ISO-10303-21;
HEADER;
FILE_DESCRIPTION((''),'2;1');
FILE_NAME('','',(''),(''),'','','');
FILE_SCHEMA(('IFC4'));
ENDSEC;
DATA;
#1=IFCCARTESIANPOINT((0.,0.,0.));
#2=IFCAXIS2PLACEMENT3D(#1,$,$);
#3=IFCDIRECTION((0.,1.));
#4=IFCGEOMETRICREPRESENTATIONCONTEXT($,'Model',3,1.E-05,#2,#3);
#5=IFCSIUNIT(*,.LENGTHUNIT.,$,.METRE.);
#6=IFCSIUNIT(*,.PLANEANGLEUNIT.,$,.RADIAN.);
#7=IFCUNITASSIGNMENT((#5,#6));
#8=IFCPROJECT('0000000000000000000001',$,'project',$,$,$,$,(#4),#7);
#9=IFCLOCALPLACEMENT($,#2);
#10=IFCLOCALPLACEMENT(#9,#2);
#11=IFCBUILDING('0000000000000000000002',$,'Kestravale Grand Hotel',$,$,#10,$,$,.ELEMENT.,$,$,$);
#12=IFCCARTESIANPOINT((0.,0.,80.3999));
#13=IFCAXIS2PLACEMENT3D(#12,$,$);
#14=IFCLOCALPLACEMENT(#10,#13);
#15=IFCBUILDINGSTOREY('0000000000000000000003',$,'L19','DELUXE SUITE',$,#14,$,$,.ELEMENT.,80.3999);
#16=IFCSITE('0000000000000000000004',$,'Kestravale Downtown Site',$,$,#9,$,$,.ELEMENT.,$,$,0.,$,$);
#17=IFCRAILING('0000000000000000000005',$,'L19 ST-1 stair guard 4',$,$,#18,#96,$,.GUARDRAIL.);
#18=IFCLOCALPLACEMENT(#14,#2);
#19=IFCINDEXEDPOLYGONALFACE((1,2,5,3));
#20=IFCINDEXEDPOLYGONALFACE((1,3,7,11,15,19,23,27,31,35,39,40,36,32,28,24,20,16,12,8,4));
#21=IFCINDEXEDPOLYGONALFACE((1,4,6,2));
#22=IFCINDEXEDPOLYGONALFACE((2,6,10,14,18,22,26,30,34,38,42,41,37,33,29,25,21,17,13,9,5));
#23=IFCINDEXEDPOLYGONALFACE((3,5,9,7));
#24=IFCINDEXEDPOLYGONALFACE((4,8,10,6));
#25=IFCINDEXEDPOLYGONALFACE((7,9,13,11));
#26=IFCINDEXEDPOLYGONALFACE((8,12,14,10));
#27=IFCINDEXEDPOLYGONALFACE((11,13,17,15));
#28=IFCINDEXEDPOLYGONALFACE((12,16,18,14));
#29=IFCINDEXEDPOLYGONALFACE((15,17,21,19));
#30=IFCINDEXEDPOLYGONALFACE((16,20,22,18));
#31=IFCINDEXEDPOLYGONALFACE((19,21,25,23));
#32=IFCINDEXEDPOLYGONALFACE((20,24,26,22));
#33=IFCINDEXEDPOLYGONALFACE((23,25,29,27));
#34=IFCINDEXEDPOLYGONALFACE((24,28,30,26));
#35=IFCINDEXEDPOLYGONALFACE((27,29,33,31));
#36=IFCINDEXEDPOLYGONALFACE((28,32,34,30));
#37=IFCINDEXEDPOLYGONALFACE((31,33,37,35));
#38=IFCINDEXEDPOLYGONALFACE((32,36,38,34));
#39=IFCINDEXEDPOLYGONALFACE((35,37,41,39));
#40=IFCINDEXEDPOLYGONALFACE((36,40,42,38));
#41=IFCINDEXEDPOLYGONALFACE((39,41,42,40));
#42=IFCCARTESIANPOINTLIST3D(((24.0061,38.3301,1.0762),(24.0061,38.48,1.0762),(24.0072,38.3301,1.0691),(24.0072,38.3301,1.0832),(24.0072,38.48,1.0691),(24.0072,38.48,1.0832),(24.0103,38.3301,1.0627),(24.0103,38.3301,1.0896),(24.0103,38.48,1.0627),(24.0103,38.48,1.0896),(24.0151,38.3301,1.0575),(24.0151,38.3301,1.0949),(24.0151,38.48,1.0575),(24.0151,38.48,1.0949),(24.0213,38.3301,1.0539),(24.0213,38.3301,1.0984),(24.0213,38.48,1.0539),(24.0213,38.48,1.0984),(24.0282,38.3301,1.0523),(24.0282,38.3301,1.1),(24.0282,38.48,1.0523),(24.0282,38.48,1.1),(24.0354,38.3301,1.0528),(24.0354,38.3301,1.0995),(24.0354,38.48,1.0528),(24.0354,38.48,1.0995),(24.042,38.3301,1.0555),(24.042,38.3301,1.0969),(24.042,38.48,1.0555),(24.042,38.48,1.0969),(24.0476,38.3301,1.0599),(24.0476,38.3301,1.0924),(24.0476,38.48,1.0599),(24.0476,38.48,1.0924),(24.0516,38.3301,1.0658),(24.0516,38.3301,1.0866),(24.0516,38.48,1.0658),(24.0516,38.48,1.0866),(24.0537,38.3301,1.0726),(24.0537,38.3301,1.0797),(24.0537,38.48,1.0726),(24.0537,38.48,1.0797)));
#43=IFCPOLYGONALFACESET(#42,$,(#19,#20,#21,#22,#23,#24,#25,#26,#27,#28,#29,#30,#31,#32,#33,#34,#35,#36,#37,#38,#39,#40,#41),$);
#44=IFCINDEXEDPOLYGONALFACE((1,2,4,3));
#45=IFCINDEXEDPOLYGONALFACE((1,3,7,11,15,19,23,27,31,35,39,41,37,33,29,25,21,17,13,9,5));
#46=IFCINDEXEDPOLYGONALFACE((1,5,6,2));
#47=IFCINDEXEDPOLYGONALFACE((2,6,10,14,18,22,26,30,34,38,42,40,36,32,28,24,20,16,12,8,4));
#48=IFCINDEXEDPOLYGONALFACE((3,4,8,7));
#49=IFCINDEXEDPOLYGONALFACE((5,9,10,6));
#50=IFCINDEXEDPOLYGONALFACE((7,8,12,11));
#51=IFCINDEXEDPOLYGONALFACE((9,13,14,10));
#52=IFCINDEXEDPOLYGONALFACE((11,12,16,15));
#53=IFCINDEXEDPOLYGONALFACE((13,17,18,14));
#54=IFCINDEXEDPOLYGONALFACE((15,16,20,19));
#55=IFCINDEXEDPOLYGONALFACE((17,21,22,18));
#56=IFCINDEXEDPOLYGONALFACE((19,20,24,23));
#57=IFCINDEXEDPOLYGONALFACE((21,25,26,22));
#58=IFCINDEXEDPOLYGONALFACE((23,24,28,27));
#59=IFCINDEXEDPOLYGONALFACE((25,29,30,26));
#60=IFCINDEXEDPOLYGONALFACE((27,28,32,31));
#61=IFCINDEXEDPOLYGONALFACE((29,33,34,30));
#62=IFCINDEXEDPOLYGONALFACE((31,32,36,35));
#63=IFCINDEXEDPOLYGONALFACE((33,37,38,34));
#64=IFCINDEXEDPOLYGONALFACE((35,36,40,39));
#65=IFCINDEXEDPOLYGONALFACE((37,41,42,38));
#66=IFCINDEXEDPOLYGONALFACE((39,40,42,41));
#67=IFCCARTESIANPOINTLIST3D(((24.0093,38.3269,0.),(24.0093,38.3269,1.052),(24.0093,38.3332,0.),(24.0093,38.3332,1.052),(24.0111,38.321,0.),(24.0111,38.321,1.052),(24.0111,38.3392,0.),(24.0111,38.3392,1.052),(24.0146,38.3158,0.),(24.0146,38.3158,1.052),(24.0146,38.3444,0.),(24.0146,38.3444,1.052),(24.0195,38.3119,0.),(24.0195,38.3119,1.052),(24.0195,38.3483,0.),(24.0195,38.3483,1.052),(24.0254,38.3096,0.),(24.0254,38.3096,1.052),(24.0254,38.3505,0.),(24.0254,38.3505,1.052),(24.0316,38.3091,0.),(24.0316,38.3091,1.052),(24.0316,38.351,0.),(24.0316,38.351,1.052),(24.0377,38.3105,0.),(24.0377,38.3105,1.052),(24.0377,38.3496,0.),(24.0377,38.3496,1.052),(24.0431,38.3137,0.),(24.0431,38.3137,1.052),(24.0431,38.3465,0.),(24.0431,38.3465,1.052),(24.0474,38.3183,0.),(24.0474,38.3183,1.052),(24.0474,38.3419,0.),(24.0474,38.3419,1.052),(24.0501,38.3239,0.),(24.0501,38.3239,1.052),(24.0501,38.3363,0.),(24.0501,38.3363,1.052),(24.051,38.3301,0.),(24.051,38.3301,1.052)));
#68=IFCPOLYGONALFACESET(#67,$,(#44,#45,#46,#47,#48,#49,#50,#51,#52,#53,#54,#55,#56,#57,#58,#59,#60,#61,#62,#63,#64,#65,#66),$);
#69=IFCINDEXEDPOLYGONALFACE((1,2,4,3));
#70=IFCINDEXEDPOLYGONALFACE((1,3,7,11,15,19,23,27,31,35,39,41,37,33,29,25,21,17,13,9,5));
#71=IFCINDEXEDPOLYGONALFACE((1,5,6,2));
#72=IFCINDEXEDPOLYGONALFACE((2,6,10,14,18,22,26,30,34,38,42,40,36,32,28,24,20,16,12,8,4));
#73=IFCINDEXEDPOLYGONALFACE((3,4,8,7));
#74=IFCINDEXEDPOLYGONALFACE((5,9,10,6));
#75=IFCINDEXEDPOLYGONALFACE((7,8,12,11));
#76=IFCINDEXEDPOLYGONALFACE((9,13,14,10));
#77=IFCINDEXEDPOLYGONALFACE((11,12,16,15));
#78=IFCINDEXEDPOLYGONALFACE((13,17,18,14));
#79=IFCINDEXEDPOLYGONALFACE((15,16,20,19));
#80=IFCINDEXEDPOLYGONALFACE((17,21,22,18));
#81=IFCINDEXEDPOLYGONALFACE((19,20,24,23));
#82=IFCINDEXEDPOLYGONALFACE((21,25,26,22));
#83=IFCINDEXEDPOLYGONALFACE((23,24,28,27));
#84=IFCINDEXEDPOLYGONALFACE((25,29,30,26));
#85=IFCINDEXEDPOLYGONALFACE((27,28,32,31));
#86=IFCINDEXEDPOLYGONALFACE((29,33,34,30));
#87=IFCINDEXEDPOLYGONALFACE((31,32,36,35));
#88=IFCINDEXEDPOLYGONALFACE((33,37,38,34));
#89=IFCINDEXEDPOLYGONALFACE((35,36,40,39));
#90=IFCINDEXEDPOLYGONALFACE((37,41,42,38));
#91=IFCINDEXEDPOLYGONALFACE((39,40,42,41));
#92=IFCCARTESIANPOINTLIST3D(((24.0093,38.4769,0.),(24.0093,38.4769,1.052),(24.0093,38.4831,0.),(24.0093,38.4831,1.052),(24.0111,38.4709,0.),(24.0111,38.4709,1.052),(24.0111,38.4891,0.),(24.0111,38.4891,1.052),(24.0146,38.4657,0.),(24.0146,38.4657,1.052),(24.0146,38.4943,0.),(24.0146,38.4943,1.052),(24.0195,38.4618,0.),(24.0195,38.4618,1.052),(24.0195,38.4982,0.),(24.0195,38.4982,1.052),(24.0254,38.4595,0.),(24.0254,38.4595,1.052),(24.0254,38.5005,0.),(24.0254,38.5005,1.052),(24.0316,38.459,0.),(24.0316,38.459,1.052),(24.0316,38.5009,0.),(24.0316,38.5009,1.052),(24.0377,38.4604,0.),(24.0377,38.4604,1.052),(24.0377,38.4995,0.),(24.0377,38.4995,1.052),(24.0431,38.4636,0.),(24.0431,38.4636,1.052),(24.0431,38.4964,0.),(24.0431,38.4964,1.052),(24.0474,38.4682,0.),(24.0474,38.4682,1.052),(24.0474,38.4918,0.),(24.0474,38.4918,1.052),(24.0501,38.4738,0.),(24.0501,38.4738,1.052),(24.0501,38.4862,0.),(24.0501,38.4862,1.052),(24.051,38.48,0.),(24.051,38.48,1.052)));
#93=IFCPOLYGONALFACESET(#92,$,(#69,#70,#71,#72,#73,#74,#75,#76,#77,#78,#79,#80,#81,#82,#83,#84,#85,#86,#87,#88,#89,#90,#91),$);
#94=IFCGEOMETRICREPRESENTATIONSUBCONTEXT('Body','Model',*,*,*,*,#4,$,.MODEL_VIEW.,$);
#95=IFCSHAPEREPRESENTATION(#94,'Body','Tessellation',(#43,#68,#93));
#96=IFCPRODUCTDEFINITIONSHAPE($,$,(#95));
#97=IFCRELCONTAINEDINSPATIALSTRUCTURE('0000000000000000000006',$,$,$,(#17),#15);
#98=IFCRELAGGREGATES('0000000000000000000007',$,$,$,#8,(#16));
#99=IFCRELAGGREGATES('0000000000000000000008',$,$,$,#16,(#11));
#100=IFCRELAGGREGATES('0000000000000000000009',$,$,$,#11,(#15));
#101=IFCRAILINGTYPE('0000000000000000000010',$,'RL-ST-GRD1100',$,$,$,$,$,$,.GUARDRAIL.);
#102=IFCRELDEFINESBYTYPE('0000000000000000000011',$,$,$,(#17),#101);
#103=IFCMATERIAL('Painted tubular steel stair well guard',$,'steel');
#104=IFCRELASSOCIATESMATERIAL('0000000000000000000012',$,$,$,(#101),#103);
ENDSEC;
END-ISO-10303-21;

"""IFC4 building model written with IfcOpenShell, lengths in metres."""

from ifc_helpers import new_model, si_unit, direction, frame, origin, origin_2d, place, context, subcontext, project, spatial, circle, extrude, material, type_object, element, save


model = new_model("IFC4")

# Units and contexts
model_context = context("Model", 3, precision=1e-05, world=origin(), true_north=direction((0.0, 1.0)))
body_context = subcontext(model_context, "Body", "Model", "MODEL_VIEW")
ifc_project = project(units=[si_unit("LENGTHUNIT", "METRE"), si_unit("PLANEANGLEUNIT", "RADIAN")], contexts=[model_context])

# Site, building, storey
site_placement = place(None, origin())
site = spatial("IfcSite", under=ifc_project, at=site_placement, Name="Kestravale Downtown Site", CompositionType="ELEMENT", RefElevation=0.0)
building_placement = place(site_placement, origin())
building = spatial("IfcBuilding", under=site, at=building_placement, Name="Kestravale Grand Hotel", CompositionType="ELEMENT")
storey_placement = place(building_placement, frame((0.0, 0.0, 80.3999)))
storey = spatial("IfcBuildingStorey", under=building, at=storey_placement, Name="L19", Description="DELUXE SUITE", CompositionType="ELEMENT", Elevation=80.3999)

# Railing
ifc_material_1 = material(Name="Painted tubular steel stair well guard", Category="steel")
railing_type_1 = type_object("IfcRailingType", Name="RL-ST-GRD1100", PredefinedType="GUARDRAIL", material=ifc_material_1)
railing_1_placement = place(storey_placement, frame((24.03, 38.3301, 0.0)))
element("IfcRailing", 1, at=railing_1_placement, inside=storey, type_object=railing_type_1, Name="L19 ST-1 stair guard 4", PredefinedType="GUARDRAIL", context=body_context, shape_type="SweptSolid", body=[
    extrude(circle(Radius=0.0239, at=origin_2d()), frame((0.0, 0.0, 1.0762), z_axis=(0.0, 1.0, 0.0), x_axis=(-1.0, 0.0, 0.0)), (0.0, 0.0, 1.0), 0.1499),
    extrude(circle(Radius=0.021, at=origin_2d()), origin(), (0.0, 0.0, 1.0), 1.052),
    extrude(circle(Radius=0.021, at=origin_2d()), frame((0.0, 0.1499, 0.0)), (0.0, 0.0, 1.0), 1.052),
])

save(model, "model.ifc")
